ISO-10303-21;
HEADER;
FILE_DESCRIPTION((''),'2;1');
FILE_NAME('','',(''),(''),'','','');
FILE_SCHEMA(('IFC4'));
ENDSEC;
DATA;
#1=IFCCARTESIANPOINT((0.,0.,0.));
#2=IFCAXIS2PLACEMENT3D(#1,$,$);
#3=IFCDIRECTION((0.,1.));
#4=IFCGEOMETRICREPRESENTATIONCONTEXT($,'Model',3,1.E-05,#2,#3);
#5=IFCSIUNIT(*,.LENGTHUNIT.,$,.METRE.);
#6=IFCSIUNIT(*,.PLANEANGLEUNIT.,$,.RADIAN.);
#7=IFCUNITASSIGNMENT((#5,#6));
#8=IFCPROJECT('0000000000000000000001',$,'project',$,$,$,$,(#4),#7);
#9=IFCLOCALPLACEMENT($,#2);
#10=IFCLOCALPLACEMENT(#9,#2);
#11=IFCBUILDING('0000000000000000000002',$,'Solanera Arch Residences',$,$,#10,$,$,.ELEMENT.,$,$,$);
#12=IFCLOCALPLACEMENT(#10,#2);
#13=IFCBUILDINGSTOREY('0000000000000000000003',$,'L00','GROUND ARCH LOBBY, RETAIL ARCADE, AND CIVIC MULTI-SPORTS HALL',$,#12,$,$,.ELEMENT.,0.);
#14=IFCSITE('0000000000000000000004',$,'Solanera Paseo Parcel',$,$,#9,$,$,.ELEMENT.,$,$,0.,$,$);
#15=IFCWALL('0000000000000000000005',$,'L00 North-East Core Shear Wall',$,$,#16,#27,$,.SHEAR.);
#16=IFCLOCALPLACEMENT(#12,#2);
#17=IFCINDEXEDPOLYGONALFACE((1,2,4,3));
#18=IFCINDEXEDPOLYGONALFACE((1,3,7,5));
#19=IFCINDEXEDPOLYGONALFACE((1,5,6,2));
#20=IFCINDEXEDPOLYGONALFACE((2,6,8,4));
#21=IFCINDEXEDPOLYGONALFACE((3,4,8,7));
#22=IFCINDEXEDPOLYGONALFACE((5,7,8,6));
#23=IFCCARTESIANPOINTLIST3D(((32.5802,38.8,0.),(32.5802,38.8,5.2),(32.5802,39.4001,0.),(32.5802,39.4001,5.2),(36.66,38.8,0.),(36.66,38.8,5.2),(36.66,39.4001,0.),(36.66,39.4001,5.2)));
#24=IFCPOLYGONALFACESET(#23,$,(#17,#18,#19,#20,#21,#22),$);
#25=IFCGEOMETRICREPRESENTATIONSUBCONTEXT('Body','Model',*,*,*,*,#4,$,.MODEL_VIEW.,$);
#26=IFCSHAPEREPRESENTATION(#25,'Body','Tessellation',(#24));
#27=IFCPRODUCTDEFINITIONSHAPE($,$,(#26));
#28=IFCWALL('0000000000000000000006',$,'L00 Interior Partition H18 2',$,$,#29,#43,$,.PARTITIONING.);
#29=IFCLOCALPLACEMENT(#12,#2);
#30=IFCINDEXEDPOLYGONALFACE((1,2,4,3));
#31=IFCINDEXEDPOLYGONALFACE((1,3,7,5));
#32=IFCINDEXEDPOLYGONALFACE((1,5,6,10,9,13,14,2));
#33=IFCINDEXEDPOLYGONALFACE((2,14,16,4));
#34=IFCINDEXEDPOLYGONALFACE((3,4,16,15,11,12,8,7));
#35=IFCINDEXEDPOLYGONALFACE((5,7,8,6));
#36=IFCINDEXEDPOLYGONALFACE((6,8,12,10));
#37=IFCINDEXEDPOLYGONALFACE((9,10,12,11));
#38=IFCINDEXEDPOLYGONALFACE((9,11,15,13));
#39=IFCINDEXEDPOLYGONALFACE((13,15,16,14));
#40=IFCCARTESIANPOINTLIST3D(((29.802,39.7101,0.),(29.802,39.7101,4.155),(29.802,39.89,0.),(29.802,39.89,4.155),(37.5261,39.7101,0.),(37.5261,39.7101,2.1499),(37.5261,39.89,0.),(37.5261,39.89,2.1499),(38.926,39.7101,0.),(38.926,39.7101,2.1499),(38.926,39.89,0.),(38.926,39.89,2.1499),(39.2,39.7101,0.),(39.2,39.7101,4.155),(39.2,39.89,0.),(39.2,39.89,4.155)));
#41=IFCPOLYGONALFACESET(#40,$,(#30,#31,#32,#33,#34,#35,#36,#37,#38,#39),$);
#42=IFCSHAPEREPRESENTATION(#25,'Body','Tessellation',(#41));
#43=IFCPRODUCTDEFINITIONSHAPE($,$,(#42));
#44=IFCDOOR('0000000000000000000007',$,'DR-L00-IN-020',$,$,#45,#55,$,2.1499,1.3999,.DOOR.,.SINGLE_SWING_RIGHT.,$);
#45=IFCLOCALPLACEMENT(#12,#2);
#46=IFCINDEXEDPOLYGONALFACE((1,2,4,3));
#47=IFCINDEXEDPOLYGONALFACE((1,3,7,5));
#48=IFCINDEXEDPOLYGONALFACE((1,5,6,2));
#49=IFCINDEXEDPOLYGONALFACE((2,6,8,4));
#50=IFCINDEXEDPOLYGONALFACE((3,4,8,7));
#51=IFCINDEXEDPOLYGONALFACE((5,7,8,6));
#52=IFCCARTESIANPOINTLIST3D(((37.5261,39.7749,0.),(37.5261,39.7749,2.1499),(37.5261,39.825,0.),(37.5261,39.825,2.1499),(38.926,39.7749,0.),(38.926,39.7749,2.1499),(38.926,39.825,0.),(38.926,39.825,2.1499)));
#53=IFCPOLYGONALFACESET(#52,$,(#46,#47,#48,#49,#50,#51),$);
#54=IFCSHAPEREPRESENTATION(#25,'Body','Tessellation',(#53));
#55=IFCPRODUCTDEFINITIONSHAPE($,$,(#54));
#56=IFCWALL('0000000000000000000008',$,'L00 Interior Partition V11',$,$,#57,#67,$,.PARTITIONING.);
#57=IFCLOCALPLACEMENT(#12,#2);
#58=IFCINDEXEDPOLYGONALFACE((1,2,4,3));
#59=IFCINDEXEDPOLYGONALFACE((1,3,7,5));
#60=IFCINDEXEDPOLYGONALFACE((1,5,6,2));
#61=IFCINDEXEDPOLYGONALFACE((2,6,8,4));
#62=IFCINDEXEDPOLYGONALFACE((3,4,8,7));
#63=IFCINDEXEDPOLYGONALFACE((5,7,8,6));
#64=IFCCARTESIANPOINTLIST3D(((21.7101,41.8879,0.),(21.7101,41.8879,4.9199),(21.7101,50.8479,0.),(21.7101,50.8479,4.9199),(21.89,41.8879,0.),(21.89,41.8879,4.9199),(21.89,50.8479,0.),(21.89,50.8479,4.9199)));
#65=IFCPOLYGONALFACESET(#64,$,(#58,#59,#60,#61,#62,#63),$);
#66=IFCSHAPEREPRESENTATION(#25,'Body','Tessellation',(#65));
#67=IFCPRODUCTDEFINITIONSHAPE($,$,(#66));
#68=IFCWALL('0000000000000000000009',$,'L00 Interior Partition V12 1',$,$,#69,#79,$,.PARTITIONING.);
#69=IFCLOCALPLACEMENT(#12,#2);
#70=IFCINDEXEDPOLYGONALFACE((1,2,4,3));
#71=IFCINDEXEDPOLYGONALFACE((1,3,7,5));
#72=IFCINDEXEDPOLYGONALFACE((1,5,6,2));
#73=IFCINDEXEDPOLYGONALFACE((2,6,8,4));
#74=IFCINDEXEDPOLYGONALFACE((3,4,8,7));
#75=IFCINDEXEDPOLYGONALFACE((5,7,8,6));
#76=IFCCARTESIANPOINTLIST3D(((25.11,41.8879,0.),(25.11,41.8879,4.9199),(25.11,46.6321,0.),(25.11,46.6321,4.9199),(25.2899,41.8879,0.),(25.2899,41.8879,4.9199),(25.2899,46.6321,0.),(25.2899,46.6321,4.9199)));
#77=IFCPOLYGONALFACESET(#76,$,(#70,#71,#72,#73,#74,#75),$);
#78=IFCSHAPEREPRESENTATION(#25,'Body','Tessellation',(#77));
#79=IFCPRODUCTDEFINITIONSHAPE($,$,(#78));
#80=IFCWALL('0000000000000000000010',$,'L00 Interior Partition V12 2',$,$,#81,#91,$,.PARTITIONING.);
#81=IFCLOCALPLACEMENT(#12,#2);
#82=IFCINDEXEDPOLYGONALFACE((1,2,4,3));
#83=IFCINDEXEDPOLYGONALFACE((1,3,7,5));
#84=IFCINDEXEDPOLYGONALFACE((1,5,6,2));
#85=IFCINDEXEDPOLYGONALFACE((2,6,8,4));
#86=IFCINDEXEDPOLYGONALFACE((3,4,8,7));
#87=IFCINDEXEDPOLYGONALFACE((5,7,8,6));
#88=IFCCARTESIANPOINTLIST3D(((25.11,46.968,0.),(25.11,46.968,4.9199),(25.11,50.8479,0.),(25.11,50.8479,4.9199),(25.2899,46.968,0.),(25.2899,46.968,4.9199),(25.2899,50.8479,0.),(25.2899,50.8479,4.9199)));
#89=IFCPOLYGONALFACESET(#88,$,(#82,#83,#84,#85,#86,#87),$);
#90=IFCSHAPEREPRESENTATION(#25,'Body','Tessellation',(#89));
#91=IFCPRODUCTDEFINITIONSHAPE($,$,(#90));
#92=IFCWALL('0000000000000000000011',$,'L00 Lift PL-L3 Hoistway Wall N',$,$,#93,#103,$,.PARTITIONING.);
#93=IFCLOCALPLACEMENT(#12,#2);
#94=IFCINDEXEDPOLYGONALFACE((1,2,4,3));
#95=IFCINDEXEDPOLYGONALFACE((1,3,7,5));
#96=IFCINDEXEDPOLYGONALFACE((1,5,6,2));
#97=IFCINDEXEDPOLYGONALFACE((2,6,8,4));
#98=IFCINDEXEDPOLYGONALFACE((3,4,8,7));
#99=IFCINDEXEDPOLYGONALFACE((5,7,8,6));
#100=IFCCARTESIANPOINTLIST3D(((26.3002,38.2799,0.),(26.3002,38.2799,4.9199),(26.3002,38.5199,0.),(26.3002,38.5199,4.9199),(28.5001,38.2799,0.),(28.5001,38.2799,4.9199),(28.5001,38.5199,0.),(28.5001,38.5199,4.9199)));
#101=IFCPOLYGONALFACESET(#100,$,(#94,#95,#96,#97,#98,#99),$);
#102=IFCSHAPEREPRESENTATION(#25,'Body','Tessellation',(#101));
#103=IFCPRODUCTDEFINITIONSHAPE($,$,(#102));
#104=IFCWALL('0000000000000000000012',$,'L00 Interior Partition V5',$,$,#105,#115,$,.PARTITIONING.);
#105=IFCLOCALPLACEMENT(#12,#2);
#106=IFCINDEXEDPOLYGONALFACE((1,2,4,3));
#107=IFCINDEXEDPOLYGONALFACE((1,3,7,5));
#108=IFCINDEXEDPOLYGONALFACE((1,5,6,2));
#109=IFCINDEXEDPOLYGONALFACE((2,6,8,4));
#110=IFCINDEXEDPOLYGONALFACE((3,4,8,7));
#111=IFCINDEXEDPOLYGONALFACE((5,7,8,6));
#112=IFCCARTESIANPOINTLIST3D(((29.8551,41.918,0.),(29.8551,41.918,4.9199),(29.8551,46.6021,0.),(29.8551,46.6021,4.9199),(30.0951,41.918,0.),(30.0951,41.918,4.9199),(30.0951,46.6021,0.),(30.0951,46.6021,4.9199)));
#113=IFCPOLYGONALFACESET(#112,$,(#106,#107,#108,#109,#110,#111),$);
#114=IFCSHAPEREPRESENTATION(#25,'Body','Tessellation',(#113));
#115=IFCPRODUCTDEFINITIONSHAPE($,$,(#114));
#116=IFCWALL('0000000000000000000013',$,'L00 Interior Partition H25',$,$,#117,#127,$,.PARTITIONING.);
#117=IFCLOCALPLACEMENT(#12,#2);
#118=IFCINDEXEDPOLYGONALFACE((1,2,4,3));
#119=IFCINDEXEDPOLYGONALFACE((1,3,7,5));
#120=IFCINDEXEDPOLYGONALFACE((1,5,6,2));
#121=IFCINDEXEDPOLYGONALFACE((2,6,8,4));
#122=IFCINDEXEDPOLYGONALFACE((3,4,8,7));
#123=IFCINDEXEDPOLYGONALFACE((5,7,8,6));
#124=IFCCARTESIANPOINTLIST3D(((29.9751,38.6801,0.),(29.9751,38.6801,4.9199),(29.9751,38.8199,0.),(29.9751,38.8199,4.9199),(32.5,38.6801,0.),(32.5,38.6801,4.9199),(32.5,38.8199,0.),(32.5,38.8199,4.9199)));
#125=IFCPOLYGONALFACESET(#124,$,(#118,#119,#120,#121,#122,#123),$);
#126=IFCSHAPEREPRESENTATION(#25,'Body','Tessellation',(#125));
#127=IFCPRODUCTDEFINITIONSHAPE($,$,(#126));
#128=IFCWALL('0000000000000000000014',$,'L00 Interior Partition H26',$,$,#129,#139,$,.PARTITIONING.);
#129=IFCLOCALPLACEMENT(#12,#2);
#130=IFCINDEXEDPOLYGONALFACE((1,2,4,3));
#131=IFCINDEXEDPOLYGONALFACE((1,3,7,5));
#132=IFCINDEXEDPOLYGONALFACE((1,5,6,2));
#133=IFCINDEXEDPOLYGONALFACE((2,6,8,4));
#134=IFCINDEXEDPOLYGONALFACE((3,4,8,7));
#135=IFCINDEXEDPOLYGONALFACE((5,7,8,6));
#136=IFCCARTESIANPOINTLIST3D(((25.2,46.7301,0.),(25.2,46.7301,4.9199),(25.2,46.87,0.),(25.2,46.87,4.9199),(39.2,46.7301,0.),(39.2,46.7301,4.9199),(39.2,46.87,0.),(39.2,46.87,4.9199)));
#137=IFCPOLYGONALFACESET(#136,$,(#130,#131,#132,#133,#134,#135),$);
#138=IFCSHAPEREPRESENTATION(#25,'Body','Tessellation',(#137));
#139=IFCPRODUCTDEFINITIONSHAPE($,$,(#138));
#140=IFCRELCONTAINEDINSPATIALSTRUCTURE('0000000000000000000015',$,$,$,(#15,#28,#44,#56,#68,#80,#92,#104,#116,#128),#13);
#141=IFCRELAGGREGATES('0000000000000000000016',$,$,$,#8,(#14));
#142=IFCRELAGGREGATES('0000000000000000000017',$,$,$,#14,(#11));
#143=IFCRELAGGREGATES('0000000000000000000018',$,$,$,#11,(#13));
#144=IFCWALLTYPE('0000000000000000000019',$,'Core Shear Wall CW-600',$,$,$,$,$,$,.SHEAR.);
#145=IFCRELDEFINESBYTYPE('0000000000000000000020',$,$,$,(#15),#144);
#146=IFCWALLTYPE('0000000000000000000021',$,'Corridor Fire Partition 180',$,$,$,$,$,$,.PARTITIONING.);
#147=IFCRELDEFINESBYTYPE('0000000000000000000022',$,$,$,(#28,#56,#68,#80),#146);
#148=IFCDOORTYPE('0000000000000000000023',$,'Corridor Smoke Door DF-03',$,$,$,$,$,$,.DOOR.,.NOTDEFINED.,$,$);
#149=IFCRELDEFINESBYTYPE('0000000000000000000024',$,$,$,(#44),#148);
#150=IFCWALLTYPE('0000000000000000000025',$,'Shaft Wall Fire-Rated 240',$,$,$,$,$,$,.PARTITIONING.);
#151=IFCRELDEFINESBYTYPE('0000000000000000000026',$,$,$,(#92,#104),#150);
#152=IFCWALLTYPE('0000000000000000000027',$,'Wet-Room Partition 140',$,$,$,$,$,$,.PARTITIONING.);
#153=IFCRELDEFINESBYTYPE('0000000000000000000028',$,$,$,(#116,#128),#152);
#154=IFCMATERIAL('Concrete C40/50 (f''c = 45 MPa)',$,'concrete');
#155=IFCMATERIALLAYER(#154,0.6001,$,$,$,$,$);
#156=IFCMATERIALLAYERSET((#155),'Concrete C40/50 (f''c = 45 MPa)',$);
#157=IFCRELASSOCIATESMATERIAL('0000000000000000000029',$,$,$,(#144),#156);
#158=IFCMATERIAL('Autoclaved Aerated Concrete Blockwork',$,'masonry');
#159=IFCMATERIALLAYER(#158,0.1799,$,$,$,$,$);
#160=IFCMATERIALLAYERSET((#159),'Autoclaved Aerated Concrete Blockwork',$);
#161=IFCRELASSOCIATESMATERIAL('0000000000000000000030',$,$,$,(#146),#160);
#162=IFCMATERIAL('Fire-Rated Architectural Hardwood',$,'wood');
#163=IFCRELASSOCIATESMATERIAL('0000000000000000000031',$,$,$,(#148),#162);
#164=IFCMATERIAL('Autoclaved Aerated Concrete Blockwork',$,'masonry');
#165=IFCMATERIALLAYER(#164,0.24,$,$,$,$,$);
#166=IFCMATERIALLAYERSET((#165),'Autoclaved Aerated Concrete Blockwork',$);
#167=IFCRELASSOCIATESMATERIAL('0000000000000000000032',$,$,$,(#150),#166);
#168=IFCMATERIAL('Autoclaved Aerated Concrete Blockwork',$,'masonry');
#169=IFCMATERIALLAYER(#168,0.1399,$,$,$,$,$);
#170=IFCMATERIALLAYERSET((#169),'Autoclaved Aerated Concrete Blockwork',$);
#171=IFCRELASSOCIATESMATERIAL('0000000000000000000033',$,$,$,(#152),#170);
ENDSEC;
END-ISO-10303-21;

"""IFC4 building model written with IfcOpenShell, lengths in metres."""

from ifc_helpers import new_model, si_unit, direction, frame, frame_2d, origin, place, context, subcontext, project, spatial, rectangle, extrude, material, layer, layer_set, type_object, element, fill, save


model = new_model("IFC4")

# Units and contexts
model_context = context("Model", 3, precision=1e-05, world=origin(), true_north=direction((0.0, 1.0)))
body_context = subcontext(model_context, "Body", "Model", "MODEL_VIEW")
ifc_project = project(units=[si_unit("LENGTHUNIT", "METRE"), si_unit("PLANEANGLEUNIT", "RADIAN")], contexts=[model_context])

# Site, building, storey
site_placement = place(None, origin())
site = spatial("IfcSite", under=ifc_project, at=site_placement, Name="Solanera Paseo Parcel", CompositionType="ELEMENT", RefElevation=0.0)
building_placement = place(site_placement, origin())
building = spatial("IfcBuilding", under=site, at=building_placement, Name="Solanera Arch Residences", CompositionType="ELEMENT")
storey_placement = place(building_placement, origin())
storey = spatial("IfcBuildingStorey", under=building, at=storey_placement, Name="L00", Description="GROUND ARCH LOBBY, RETAIL ARCADE, AND CIVIC MULTI-SPORTS HALL", CompositionType="ELEMENT", Elevation=0.0)

# Wall
ifc_material_1 = material(Name="Concrete C40/50 (f'c = 45 MPa)", Category="concrete")
ifc_layer_1 = layer(ifc_material_1, 0.6001)
ifc_layer_set_1 = layer_set([ifc_layer_1], Name="Concrete C40/50 (f'c = 45 MPa)")
wall_type_1 = type_object("IfcWallType", Name="Core Shear Wall CW-600", PredefinedType="SHEAR", material=ifc_layer_set_1)
wall_1_placement = place(storey_placement, frame((32.5801, 39.1001, 0.0), z_axis=(0.0, 0.0, 1.0), x_axis=(1.0, 0.0, 0.0)))
element("IfcWall", 1, at=wall_1_placement, inside=storey, type_object=wall_type_1, Name="L00 North-East Core Shear Wall", PredefinedType="SHEAR", context=body_context, shape_type="SweptSolid", body=[
    extrude(rectangle(XDim=4.0798, YDim=0.6001, at=frame_2d((2.04, 0.0))), origin(), (0.0, 0.0, 1.0), 5.2),
])

# Wall, opening, door
ifc_material_2 = material(Name="Autoclaved Aerated Concrete Blockwork", Category="masonry")
ifc_layer_2 = layer(ifc_material_2, 0.1799)
ifc_layer_set_2 = layer_set([ifc_layer_2], Name="Autoclaved Aerated Concrete Blockwork")
wall_type_2 = type_object("IfcWallType", Name="Corridor Fire Partition 180", PredefinedType="PARTITIONING", material=ifc_layer_set_2)
wall_2_placement = place(storey_placement, frame((29.802, 39.8, 0.0), z_axis=(0.0, 0.0, 1.0), x_axis=(1.0, 0.0, 0.0)))
wall_2 = element("IfcWall", 2, at=wall_2_placement, inside=storey, type_object=wall_type_2, Name="L00 Interior Partition H18 2", PredefinedType="PARTITIONING", context=body_context, shape_type="SweptSolid", body=[
    extrude(rectangle(XDim=9.3979, YDim=0.1799, at=frame_2d((4.699, 0.0))), origin(), (0.0, 0.0, 1.0), 4.155),
])
opening_placement = place(wall_2_placement, frame((7.7241, 0.0, 0.0)))
opening = element("IfcOpeningElement", 3, at=opening_placement, cuts=wall_2, PredefinedType="OPENING", context=body_context, shape_type="SweptSolid", body=[
    extrude(rectangle(XDim=1.3999, YDim=2.1499, at=frame_2d((0.7, 1.075))), frame((0.0, 0.1001, 0.0), z_axis=(0.0, -1.0, 0.0), x_axis=(1.0, 0.0, 0.0)), (0.0, 0.0, 1.0), 0.1999),
])
ifc_material_3 = material(Name="Fire-Rated Architectural Hardwood", Category="wood")
door_type = type_object("IfcDoorType", Name="Corridor Smoke Door DF-03", OperationType="NOTDEFINED", PredefinedType="DOOR", material=ifc_material_3)
door_placement = place(opening_placement, origin())
door = element("IfcDoor", 4, at=door_placement, inside=storey, type_object=door_type, Name="DR-L00-IN-020", OperationType="SINGLE_SWING_RIGHT", OverallHeight=2.1499, OverallWidth=1.3999, PredefinedType="DOOR", context=body_context, shape_type="SweptSolid", body=[
    extrude(rectangle(XDim=1.3999, YDim=2.1499, at=frame_2d((0.7, 1.075))), frame((0.0, 0.0249, 0.0), z_axis=(0.0, -1.0, 0.0), x_axis=(1.0, 0.0, 0.0)), (0.0, 0.0, 1.0), 0.05),
])
fill(opening, door)

# Walls
wall_3_placement = place(storey_placement, frame((21.8, 41.8879, 0.0), z_axis=(0.0, 0.0, 1.0), x_axis=(0.0, 1.0, 0.0)))
element("IfcWall", 5, at=wall_3_placement, inside=storey, type_object=wall_type_2, Name="L00 Interior Partition V11", PredefinedType="PARTITIONING", context=body_context, shape_type="SweptSolid", body=[
    extrude(rectangle(XDim=8.96, YDim=0.1799, at=frame_2d((4.48, 0.0))), origin(), (0.0, 0.0, 1.0), 4.9199),
])
wall_4_placement = place(storey_placement, frame((25.2, 41.8879, 0.0), z_axis=(0.0, 0.0, 1.0), x_axis=(0.0, 1.0, 0.0)))
element("IfcWall", 6, at=wall_4_placement, inside=storey, type_object=wall_type_2, Name="L00 Interior Partition V12 1", PredefinedType="PARTITIONING", context=body_context, shape_type="SweptSolid", body=[
    extrude(rectangle(XDim=4.7441, YDim=0.1799, at=frame_2d((2.3721, 0.0))), origin(), (0.0, 0.0, 1.0), 4.9199),
])
wall_5_placement = place(storey_placement, frame((25.2, 46.968, 0.0), z_axis=(0.0, 0.0, 1.0), x_axis=(0.0, 1.0, 0.0)))
element("IfcWall", 7, at=wall_5_placement, inside=storey, type_object=wall_type_2, Name="L00 Interior Partition V12 2", PredefinedType="PARTITIONING", context=body_context, shape_type="SweptSolid", body=[
    extrude(rectangle(XDim=3.8799, YDim=0.1799, at=frame_2d((1.9399, 0.0))), origin(), (0.0, 0.0, 1.0), 4.9199),
])
ifc_material_4 = material(Name="Autoclaved Aerated Concrete Blockwork", Category="masonry")
ifc_layer_3 = layer(ifc_material_4, 0.24)
ifc_layer_set_3 = layer_set([ifc_layer_3], Name="Autoclaved Aerated Concrete Blockwork")
wall_type_3 = type_object("IfcWallType", Name="Shaft Wall Fire-Rated 240", PredefinedType="PARTITIONING", material=ifc_layer_set_3)
wall_6_placement = place(storey_placement, frame((26.3, 38.3999, 0.0), z_axis=(0.0, 0.0, 1.0), x_axis=(1.0, 0.0, 0.0)))
element("IfcWall", 8, at=wall_6_placement, inside=storey, type_object=wall_type_3, Name="L00 Lift PL-L3 Hoistway Wall N", PredefinedType="PARTITIONING", context=body_context, shape_type="SweptSolid", body=[
    extrude(rectangle(XDim=2.2, YDim=0.24, at=frame_2d((1.1001, 0.0))), origin(), (0.0, 0.0, 1.0), 4.9199),
])
wall_7_placement = place(storey_placement, frame((29.9751, 41.918, 0.0), z_axis=(0.0, 0.0, 1.0), x_axis=(0.0, 1.0, 0.0)))
element("IfcWall", 9, at=wall_7_placement, inside=storey, type_object=wall_type_3, Name="L00 Interior Partition V5", PredefinedType="PARTITIONING", context=body_context, shape_type="SweptSolid", body=[
    extrude(rectangle(XDim=4.6841, YDim=0.24, at=frame_2d((2.342, 0.0))), origin(), (0.0, 0.0, 1.0), 4.9199),
])
ifc_material_5 = material(Name="Autoclaved Aerated Concrete Blockwork", Category="masonry")
ifc_layer_4 = layer(ifc_material_5, 0.1399)
ifc_layer_set_4 = layer_set([ifc_layer_4], Name="Autoclaved Aerated Concrete Blockwork")
wall_type_4 = type_object("IfcWallType", Name="Wet-Room Partition 140", PredefinedType="PARTITIONING", material=ifc_layer_set_4)
wall_8_placement = place(storey_placement, frame((29.9751, 38.75, 0.0), z_axis=(0.0, 0.0, 1.0), x_axis=(1.0, 0.0, 0.0)))
element("IfcWall", 10, at=wall_8_placement, inside=storey, type_object=wall_type_4, Name="L00 Interior Partition H25", PredefinedType="PARTITIONING", context=body_context, shape_type="SweptSolid", body=[
    extrude(rectangle(XDim=2.5249, YDim=0.1399, at=frame_2d((1.2625, 0.0))), origin(), (0.0, 0.0, 1.0), 4.9199),
])
wall_9_placement = place(storey_placement, frame((25.2, 46.8, 0.0), z_axis=(0.0, 0.0, 1.0), x_axis=(1.0, 0.0, 0.0)))
element("IfcWall", 11, at=wall_9_placement, inside=storey, type_object=wall_type_4, Name="L00 Interior Partition H26", PredefinedType="PARTITIONING", context=body_context, shape_type="SweptSolid", body=[
    extrude(rectangle(XDim=14.0, YDim=0.1399, at=frame_2d((7.0, 0.0))), origin(), (0.0, 0.0, 1.0), 4.9199),
])

save(model, "model.ifc")
